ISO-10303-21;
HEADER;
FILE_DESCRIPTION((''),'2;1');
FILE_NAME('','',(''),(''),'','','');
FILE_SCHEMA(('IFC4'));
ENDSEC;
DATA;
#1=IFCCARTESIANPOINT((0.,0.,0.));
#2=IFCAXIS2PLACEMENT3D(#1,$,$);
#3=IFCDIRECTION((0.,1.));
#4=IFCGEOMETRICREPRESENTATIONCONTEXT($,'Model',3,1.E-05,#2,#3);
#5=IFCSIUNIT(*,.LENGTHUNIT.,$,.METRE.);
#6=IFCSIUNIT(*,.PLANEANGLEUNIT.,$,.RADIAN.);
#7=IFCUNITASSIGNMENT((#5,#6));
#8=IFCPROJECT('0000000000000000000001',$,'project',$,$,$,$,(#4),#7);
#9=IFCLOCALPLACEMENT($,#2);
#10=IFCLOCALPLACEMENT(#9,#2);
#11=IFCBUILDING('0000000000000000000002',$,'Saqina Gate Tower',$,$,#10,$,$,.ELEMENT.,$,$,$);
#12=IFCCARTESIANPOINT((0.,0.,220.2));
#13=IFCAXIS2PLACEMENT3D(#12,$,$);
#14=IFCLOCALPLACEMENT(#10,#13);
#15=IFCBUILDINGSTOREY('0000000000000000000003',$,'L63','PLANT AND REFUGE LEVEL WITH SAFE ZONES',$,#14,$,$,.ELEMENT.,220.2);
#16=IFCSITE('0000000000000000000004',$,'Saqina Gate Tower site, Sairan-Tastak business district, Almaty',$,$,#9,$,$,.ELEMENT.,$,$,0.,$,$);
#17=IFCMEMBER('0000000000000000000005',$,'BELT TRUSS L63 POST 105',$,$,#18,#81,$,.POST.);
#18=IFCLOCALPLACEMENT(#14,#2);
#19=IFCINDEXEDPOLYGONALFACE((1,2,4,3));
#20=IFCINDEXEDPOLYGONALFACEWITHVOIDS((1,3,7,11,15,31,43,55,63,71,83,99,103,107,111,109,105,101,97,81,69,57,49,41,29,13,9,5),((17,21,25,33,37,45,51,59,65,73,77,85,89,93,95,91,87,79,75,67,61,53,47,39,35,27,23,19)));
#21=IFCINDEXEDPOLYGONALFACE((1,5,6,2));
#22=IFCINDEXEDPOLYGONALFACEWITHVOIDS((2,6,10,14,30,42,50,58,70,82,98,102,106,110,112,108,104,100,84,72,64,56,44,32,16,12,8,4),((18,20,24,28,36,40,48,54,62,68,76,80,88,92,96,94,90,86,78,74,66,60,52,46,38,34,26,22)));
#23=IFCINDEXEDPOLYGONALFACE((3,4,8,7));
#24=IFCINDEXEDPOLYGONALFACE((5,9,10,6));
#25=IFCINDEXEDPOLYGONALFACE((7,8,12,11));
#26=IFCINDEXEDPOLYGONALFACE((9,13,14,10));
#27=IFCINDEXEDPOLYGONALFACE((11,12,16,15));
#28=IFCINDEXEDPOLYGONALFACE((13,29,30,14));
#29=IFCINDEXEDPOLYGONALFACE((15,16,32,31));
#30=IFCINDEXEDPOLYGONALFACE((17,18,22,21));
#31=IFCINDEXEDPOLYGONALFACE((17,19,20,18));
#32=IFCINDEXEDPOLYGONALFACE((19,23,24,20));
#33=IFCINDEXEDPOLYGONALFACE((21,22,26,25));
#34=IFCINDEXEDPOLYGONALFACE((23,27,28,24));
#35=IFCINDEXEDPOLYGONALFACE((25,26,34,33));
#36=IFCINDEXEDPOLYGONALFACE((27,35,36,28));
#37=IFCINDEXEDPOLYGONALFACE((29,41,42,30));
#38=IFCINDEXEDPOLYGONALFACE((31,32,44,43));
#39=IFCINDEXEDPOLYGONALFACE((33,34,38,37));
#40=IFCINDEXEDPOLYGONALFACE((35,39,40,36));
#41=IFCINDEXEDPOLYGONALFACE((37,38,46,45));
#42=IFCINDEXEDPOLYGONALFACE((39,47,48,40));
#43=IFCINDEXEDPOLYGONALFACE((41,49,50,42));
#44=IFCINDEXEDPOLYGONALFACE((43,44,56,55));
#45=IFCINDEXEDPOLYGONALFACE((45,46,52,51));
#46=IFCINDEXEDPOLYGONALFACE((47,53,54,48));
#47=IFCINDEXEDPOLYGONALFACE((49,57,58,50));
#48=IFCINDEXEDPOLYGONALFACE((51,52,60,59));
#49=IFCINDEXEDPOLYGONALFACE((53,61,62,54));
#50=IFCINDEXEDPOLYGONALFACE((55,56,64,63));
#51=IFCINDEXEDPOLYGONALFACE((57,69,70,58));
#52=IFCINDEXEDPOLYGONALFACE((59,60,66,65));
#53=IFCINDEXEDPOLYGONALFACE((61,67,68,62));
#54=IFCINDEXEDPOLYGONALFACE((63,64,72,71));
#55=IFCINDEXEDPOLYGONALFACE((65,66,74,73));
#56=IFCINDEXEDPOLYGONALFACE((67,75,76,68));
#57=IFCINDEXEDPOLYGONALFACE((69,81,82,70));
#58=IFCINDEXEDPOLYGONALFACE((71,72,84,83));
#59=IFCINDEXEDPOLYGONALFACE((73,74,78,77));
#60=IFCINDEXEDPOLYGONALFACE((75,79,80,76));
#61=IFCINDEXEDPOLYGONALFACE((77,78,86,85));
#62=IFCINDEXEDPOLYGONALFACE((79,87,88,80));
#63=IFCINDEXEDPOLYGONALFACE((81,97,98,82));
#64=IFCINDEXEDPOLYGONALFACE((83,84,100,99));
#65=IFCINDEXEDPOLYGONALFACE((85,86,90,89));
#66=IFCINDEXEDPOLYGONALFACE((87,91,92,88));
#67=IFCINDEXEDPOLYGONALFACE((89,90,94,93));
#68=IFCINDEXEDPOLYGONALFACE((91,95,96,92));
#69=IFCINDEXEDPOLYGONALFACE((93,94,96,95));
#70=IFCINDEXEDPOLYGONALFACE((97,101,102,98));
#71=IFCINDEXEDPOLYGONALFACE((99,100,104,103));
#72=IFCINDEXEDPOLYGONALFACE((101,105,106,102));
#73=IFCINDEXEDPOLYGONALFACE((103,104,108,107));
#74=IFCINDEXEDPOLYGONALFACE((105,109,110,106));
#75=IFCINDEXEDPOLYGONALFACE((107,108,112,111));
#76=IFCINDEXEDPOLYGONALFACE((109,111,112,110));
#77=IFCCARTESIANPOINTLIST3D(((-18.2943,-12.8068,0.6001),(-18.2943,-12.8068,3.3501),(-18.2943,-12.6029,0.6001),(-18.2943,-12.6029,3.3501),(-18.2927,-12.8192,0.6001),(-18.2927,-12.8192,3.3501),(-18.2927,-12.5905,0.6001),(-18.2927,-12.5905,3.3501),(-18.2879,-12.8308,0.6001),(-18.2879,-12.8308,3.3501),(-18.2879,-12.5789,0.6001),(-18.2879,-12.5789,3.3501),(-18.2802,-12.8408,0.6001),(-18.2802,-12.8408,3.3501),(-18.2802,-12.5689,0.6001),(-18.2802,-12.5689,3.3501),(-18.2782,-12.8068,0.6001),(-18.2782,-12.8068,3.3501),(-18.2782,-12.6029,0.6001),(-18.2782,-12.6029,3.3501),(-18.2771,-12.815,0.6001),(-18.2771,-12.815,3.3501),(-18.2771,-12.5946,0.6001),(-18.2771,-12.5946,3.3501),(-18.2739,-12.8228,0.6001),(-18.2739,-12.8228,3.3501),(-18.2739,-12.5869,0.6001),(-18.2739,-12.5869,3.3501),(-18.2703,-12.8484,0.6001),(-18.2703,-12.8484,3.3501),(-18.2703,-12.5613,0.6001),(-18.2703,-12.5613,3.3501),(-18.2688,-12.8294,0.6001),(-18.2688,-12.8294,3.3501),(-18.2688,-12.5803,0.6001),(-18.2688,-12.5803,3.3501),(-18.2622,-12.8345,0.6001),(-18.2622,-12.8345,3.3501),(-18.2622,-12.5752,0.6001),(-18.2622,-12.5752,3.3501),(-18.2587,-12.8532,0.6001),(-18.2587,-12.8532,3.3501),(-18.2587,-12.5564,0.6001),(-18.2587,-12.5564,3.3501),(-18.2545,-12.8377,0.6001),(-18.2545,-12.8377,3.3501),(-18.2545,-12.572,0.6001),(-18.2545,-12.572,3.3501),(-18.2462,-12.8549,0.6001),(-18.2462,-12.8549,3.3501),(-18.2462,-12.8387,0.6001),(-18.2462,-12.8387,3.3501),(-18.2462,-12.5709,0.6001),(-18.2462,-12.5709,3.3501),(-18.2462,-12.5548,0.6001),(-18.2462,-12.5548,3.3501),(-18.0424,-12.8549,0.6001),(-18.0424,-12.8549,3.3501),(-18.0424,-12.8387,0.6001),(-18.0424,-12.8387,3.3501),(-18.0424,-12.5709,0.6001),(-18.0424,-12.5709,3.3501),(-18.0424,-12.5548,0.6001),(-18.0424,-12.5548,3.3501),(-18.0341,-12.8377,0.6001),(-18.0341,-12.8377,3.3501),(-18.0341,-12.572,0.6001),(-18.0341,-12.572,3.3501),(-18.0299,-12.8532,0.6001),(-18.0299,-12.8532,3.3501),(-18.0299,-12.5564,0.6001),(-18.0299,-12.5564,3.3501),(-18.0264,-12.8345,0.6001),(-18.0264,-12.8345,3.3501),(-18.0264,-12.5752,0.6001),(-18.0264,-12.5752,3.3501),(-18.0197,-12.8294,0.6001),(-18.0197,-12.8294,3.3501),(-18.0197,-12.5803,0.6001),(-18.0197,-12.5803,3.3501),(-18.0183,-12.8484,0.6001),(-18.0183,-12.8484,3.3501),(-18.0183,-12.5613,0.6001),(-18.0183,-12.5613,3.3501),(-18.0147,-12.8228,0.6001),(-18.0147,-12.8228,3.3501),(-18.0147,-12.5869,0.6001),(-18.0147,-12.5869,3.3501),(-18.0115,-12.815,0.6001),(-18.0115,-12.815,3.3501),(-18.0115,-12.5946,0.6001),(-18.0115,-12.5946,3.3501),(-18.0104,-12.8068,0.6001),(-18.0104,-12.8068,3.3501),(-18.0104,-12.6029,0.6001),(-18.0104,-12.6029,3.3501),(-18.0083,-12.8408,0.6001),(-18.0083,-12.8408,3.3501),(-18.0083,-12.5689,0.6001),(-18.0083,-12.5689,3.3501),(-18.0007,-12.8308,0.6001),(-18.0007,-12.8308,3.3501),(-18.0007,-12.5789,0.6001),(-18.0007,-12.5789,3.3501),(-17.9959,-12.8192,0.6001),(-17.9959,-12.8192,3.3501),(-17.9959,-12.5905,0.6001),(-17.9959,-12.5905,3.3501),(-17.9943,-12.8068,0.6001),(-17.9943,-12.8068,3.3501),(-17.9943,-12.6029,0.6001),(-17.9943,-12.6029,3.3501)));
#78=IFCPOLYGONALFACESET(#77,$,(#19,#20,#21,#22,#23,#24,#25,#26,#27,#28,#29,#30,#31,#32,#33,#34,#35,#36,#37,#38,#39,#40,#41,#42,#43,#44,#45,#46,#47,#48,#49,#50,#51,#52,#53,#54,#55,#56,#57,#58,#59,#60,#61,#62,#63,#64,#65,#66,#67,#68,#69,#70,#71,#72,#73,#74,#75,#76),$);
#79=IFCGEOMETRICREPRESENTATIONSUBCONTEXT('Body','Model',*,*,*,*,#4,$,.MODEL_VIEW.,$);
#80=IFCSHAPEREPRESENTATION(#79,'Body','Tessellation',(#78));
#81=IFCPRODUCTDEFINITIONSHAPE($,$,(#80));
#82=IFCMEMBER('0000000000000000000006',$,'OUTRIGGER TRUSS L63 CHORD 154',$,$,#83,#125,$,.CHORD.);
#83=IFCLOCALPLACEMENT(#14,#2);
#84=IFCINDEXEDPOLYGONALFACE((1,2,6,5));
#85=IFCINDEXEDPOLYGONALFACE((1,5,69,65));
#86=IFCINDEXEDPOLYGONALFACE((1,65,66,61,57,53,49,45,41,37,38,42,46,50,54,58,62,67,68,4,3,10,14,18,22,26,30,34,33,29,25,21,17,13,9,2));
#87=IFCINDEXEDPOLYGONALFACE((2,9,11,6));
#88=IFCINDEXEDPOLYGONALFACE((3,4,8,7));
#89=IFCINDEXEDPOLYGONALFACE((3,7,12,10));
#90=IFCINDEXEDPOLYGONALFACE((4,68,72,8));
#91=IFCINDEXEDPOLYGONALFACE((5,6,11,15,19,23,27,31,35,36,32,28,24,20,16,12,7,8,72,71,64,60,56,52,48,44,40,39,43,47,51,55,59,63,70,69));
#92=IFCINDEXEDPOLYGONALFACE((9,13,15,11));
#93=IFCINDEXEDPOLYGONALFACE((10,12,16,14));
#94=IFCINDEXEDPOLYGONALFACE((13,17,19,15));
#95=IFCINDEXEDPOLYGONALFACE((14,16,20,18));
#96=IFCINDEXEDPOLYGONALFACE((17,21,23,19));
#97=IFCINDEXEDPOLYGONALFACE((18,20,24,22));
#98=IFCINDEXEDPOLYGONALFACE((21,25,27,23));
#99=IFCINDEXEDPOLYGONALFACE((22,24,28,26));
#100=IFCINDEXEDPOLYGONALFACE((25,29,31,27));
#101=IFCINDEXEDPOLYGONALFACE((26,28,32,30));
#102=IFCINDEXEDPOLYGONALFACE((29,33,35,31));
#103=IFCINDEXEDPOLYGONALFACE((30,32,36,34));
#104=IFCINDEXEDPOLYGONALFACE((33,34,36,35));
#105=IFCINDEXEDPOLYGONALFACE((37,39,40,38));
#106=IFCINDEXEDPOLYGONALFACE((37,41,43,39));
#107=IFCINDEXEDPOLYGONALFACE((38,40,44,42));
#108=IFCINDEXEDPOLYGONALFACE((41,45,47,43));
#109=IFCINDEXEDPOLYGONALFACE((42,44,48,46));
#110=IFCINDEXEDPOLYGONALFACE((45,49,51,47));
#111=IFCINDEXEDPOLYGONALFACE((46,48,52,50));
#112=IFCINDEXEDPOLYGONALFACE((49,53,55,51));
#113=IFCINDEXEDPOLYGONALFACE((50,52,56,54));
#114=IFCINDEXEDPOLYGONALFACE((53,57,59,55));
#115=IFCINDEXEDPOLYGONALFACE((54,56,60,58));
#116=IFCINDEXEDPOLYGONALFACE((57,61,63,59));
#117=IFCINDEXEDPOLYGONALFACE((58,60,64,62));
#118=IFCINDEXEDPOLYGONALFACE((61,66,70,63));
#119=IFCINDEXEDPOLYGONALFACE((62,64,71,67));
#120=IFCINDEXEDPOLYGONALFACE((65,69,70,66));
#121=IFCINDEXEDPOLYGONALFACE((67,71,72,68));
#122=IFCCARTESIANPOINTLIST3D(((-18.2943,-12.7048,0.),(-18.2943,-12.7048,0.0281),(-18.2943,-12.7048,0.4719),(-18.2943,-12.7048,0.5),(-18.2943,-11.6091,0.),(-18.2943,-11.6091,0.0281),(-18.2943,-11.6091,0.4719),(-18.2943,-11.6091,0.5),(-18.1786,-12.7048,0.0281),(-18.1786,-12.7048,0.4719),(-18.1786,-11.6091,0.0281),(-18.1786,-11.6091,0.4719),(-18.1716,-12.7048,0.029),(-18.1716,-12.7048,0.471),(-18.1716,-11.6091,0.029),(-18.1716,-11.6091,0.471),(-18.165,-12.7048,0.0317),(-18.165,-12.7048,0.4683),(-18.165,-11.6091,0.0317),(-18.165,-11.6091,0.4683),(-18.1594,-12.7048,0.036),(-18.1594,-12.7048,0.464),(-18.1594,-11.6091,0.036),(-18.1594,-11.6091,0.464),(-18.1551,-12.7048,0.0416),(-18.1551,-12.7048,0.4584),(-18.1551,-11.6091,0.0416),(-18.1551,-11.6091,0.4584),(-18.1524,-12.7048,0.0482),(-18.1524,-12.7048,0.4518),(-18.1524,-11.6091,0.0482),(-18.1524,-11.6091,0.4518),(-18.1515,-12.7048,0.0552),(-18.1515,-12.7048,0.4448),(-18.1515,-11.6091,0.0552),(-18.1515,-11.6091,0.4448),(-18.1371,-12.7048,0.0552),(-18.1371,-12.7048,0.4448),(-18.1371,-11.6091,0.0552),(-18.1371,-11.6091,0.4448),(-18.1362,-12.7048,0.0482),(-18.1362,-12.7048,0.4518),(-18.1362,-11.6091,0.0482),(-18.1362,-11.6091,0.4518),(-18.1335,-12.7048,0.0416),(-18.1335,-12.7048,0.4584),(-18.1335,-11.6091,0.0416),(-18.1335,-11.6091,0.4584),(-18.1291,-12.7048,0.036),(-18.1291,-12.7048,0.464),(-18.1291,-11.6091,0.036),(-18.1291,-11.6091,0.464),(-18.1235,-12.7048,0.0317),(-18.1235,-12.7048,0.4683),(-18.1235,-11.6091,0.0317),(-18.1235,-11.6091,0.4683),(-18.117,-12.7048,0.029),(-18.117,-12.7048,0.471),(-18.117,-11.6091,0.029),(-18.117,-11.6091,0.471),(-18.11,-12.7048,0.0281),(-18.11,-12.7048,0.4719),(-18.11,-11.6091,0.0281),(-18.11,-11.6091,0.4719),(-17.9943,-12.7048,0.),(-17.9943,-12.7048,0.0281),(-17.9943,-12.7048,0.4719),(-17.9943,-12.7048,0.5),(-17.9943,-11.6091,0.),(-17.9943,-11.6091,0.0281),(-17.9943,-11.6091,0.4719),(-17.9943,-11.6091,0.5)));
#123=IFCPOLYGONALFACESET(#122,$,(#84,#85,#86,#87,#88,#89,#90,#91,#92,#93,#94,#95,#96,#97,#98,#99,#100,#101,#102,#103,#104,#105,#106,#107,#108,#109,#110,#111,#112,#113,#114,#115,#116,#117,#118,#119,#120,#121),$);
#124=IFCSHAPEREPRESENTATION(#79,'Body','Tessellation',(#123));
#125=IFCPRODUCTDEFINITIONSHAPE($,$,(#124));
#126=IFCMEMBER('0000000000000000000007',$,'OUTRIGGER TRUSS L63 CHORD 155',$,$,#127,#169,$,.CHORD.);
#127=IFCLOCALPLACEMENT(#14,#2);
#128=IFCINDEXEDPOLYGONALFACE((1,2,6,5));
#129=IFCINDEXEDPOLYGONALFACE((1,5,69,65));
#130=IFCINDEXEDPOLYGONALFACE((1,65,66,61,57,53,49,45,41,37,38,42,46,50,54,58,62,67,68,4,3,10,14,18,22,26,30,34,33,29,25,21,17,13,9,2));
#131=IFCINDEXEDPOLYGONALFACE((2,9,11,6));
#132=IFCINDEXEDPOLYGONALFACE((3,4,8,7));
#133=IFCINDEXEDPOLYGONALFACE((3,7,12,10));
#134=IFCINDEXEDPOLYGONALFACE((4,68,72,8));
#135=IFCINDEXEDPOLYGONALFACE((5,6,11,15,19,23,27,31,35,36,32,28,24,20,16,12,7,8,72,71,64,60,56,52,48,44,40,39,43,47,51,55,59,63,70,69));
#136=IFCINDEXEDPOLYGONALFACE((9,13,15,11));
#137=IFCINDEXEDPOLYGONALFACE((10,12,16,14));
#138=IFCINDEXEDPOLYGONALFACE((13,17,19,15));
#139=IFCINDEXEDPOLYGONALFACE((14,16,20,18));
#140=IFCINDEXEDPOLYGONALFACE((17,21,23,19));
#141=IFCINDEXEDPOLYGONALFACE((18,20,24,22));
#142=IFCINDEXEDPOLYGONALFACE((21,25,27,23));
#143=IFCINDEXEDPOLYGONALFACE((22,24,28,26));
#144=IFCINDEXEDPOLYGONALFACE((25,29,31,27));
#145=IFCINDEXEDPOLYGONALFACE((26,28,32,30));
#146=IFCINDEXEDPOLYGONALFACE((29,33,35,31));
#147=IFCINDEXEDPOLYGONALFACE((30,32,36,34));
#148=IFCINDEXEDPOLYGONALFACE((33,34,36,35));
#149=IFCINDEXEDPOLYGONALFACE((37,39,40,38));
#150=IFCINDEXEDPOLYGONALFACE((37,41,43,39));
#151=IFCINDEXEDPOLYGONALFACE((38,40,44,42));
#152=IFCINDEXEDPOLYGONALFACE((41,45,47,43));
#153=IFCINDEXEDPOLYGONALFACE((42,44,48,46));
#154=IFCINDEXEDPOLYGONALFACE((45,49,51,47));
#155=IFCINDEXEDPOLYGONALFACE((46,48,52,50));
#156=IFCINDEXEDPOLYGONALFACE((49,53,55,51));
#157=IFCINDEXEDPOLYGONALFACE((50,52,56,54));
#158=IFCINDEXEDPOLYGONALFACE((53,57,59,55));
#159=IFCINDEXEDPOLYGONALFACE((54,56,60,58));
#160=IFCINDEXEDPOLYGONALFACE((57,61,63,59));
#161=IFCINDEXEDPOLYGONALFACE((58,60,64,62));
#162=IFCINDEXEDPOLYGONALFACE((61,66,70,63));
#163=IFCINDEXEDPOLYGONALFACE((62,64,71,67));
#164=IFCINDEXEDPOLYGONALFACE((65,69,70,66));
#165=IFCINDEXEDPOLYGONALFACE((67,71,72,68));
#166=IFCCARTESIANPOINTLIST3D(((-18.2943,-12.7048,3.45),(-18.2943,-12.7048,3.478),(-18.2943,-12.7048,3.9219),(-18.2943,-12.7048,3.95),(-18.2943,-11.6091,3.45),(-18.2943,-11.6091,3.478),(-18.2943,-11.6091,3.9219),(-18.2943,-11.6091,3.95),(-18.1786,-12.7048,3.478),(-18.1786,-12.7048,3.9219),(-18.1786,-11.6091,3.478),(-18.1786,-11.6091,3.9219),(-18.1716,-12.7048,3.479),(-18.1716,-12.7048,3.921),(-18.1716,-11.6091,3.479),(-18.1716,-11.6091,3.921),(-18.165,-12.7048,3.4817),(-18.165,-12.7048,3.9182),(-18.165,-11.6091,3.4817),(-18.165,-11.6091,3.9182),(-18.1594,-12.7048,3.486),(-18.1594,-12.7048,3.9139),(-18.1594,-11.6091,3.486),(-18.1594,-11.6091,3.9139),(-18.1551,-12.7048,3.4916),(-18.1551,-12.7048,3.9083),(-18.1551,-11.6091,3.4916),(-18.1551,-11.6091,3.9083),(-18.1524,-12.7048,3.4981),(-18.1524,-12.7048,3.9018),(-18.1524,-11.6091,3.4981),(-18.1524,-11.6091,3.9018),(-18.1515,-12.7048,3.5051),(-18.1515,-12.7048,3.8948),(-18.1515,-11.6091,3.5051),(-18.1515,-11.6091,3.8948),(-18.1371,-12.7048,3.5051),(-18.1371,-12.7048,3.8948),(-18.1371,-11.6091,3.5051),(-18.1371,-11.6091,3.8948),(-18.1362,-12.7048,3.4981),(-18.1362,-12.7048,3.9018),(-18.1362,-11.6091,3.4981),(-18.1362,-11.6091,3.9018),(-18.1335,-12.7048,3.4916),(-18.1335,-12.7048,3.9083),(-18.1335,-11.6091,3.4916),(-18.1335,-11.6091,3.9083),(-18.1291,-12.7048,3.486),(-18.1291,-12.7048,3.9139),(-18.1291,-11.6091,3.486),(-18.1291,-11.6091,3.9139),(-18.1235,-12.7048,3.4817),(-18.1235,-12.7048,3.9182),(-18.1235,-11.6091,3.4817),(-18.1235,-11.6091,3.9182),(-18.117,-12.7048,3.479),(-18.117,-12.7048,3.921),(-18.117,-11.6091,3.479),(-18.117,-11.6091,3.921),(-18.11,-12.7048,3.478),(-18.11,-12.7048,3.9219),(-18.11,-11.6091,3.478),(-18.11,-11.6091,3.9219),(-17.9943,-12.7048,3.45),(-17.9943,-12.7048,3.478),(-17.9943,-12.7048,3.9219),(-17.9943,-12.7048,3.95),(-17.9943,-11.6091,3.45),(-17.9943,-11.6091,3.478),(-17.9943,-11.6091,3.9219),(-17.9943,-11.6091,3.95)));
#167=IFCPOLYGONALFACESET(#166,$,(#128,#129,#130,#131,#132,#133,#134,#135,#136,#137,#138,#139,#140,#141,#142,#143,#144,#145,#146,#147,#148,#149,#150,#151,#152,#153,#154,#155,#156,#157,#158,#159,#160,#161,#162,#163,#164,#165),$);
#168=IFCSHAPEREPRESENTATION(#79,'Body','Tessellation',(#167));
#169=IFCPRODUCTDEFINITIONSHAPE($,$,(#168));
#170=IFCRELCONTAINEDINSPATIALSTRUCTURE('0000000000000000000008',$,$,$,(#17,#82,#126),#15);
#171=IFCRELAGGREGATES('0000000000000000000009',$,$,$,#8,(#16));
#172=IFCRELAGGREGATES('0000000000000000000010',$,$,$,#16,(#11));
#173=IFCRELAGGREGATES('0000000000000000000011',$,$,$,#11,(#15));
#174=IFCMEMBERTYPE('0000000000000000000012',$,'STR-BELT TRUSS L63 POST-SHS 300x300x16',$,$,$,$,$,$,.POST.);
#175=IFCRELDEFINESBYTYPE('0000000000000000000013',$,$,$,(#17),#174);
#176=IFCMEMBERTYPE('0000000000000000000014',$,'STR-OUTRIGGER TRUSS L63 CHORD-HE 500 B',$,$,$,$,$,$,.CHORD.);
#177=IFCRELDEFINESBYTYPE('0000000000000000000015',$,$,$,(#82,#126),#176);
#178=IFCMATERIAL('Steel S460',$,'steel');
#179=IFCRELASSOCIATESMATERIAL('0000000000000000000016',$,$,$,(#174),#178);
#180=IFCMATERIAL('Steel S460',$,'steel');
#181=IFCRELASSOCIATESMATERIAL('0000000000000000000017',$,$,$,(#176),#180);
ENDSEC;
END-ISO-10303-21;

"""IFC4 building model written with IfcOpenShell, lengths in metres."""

from ifc_helpers import new_model, si_unit, direction, frame, origin, origin_2d, place, context, subcontext, project, spatial, hollow_rectangle, i_section, extrude, material, material_profile, profile_set, type_object, element, save


model = new_model("IFC4")

# Units and contexts
model_context = context("Model", 3, precision=1e-05, world=origin(), true_north=direction((0.0, 1.0)))
body_context = subcontext(model_context, "Body", "Model", "MODEL_VIEW")
ifc_project = project(units=[si_unit("LENGTHUNIT", "METRE"), si_unit("PLANEANGLEUNIT", "RADIAN")], contexts=[model_context])

# Site, building, storey
site_placement = place(None, origin())
site = spatial("IfcSite", under=ifc_project, at=site_placement, Name="Saqina Gate Tower site, Sairan-Tastak business district, Almaty", CompositionType="ELEMENT", RefElevation=0.0)
building_placement = place(site_placement, origin())
building = spatial("IfcBuilding", under=site, at=building_placement, Name="Saqina Gate Tower", CompositionType="ELEMENT")
storey_placement = place(building_placement, frame((0.0, 0.0, 220.2)))
storey = spatial("IfcBuildingStorey", under=building, at=storey_placement, Name="L63", Description="PLANT AND REFUGE LEVEL WITH SAFE ZONES", CompositionType="ELEMENT", Elevation=220.2)

# Members
ifc_material_1 = material(Name="Steel S460", Category="steel")
ifc_material_profile_1 = material_profile(ifc_material_1, hollow_rectangle(XDim=0.3, YDim=0.3, WallThickness=0.0161, InnerFilletRadius=0.032, OuterFilletRadius=0.0481, at=origin_2d()), Name="SHS 300x300x16")
ifc_profile_set_1 = profile_set([ifc_material_profile_1], Name="Steel S460")
member_type_1 = type_object("IfcMemberType", Name="STR-BELT TRUSS L63 POST-SHS 300x300x16", PredefinedType="POST", material=ifc_profile_set_1)
member_1_placement = place(storey_placement, frame((-18.1443, -12.7048, 0.6001), z_axis=(0.0, 0.0, 1.0), x_axis=(1.0, 0.0, 0.0)))
element("IfcMember", 1, at=member_1_placement, inside=storey, type_object=member_type_1, Name="BELT TRUSS L63 POST 105", PredefinedType="POST", context=body_context, shape_type="SweptSolid", body=[
    extrude(hollow_rectangle(XDim=0.3, YDim=0.3, WallThickness=0.0161, InnerFilletRadius=0.032, OuterFilletRadius=0.0481, at=origin_2d()), origin(), (0.0, 0.0, 1.0), 2.75),
])
ifc_material_2 = material(Name="Steel S460", Category="steel")
ifc_material_profile_2 = material_profile(ifc_material_2, i_section(OverallWidth=0.3, OverallDepth=0.5, WebThickness=0.0144, FlangeThickness=0.0281, FilletRadius=0.0271, at=origin_2d()), Name="HE 500 B")
ifc_profile_set_2 = profile_set([ifc_material_profile_2], Name="Steel S460")
member_type_2 = type_object("IfcMemberType", Name="STR-OUTRIGGER TRUSS L63 CHORD-HE 500 B", PredefinedType="CHORD", material=ifc_profile_set_2)
for number, where, z_axis, x_axis, name in (
    (2, (-18.1443, -11.6091, 0.25), (0.0, -1.0, 0.0), (1.0, 0.0, 0.0), "OUTRIGGER TRUSS L63 CHORD 154"),
    (3, (-18.1443, -11.6091, 3.7), (0.0, -1.0, 0.0), (1.0, 0.0, 0.0), "OUTRIGGER TRUSS L63 CHORD 155"),
):
    element("IfcMember", number, at=place(storey_placement, frame(where, z_axis=z_axis, x_axis=x_axis)), inside=storey, type_object=member_type_2, Name=name, PredefinedType="CHORD", context=body_context, shape_type="SweptSolid", body=[
        extrude(i_section(OverallWidth=0.3, OverallDepth=0.5, WebThickness=0.0144, FlangeThickness=0.0281, FilletRadius=0.0271, at=origin_2d()), origin(), (0.0, 0.0, 1.0), 1.0957),
    ])

save(model, "model.ifc")
